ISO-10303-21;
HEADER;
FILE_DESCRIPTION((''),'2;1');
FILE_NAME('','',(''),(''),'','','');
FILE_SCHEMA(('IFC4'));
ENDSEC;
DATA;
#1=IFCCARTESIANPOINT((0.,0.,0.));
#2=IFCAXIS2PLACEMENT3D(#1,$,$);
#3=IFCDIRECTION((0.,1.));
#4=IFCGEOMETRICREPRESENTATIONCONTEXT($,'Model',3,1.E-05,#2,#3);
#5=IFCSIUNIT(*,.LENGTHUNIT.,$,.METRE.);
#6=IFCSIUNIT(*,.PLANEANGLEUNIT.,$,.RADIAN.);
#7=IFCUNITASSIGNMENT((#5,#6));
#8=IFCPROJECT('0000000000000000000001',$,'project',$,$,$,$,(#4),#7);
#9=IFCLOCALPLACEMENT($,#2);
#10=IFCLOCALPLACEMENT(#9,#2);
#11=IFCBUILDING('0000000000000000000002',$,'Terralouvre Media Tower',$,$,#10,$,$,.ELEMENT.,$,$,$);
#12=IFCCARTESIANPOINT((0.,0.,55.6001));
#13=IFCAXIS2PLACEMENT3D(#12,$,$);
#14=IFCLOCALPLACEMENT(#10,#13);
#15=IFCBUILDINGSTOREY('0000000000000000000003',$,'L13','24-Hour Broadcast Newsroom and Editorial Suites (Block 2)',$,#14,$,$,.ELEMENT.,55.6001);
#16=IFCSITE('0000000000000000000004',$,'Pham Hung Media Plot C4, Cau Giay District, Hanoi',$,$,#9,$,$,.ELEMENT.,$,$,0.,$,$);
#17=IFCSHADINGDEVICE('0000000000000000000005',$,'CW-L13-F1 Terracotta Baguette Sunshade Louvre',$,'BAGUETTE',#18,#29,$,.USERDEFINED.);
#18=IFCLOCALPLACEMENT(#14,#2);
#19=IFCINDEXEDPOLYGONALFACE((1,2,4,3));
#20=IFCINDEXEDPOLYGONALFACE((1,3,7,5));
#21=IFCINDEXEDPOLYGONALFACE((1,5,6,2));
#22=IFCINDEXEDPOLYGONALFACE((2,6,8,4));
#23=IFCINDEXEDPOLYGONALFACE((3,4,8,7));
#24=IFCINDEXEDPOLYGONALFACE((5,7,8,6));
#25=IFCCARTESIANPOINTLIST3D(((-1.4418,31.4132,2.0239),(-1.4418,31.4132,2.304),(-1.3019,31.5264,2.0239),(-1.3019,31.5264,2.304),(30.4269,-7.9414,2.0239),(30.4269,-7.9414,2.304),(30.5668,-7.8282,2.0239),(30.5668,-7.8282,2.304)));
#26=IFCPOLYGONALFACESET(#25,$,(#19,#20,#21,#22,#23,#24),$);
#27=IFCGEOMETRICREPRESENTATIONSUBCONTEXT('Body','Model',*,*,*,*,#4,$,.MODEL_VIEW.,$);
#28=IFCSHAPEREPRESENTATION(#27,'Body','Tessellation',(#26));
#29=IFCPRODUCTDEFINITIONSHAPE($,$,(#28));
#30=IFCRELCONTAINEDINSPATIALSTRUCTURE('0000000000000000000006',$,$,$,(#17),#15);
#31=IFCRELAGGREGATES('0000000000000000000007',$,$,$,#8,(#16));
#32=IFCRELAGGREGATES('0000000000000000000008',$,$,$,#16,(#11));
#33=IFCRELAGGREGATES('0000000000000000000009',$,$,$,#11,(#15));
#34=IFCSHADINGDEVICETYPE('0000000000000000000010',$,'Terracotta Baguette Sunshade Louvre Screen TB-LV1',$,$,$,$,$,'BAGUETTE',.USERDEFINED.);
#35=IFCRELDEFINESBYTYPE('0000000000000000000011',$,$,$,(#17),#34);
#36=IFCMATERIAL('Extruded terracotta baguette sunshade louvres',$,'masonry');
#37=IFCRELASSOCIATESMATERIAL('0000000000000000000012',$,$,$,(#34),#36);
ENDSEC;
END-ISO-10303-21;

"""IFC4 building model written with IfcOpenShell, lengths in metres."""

from ifc_helpers import new_model, si_unit, direction, frame, origin, origin_2d, place, context, subcontext, project, spatial, rectangle, extrude, material, type_object, element, save


model = new_model("IFC4")

# Units and contexts
model_context = context("Model", 3, precision=1e-05, world=origin(), true_north=direction((0.0, 1.0)))
body_context = subcontext(model_context, "Body", "Model", "MODEL_VIEW")
ifc_project = project(units=[si_unit("LENGTHUNIT", "METRE"), si_unit("PLANEANGLEUNIT", "RADIAN")], contexts=[model_context])

# Site, building, storey
site_placement = place(None, origin())
site = spatial("IfcSite", under=ifc_project, at=site_placement, Name="Pham Hung Media Plot C4, Cau Giay District, Hanoi", CompositionType="ELEMENT", RefElevation=0.0)
building_placement = place(site_placement, origin())
building = spatial("IfcBuilding", under=site, at=building_placement, Name="Terralouvre Media Tower", CompositionType="ELEMENT")
storey_placement = place(building_placement, frame((0.0, 0.0, 55.6001)))
storey = spatial("IfcBuildingStorey", under=building, at=storey_placement, Name="L13", Description="24-Hour Broadcast Newsroom and Editorial Suites (Block 2)", CompositionType="ELEMENT", Elevation=55.6001)

# Shading device
ifc_material_1 = material(Name="Extruded terracotta baguette sunshade louvres", Category="masonry")
shading_device_type = type_object("IfcShadingDeviceType", Name="Terracotta Baguette Sunshade Louvre Screen TB-LV1", ElementType="BAGUETTE", PredefinedType="USERDEFINED", material=ifc_material_1)
shading_device_placement = place(storey_placement, frame((14.5625, 11.7925, 2.0239), z_axis=(0.0, 0.0, 1.0), x_axis=(-0.62932, 0.777146, 0.0)))
element("IfcShadingDevice", 1, at=shading_device_placement, inside=storey, type_object=shading_device_type, Name="CW-L13-F1 Terracotta Baguette Sunshade Louvre", ObjectType="BAGUETTE", PredefinedType="USERDEFINED", context=body_context, shape_type="SweptSolid", body=[
    extrude(rectangle(XDim=50.6399, YDim=0.1799, at=origin_2d()), origin(), (0.0, 0.0, 1.0), 0.28),
])

save(model, "model.ifc")
